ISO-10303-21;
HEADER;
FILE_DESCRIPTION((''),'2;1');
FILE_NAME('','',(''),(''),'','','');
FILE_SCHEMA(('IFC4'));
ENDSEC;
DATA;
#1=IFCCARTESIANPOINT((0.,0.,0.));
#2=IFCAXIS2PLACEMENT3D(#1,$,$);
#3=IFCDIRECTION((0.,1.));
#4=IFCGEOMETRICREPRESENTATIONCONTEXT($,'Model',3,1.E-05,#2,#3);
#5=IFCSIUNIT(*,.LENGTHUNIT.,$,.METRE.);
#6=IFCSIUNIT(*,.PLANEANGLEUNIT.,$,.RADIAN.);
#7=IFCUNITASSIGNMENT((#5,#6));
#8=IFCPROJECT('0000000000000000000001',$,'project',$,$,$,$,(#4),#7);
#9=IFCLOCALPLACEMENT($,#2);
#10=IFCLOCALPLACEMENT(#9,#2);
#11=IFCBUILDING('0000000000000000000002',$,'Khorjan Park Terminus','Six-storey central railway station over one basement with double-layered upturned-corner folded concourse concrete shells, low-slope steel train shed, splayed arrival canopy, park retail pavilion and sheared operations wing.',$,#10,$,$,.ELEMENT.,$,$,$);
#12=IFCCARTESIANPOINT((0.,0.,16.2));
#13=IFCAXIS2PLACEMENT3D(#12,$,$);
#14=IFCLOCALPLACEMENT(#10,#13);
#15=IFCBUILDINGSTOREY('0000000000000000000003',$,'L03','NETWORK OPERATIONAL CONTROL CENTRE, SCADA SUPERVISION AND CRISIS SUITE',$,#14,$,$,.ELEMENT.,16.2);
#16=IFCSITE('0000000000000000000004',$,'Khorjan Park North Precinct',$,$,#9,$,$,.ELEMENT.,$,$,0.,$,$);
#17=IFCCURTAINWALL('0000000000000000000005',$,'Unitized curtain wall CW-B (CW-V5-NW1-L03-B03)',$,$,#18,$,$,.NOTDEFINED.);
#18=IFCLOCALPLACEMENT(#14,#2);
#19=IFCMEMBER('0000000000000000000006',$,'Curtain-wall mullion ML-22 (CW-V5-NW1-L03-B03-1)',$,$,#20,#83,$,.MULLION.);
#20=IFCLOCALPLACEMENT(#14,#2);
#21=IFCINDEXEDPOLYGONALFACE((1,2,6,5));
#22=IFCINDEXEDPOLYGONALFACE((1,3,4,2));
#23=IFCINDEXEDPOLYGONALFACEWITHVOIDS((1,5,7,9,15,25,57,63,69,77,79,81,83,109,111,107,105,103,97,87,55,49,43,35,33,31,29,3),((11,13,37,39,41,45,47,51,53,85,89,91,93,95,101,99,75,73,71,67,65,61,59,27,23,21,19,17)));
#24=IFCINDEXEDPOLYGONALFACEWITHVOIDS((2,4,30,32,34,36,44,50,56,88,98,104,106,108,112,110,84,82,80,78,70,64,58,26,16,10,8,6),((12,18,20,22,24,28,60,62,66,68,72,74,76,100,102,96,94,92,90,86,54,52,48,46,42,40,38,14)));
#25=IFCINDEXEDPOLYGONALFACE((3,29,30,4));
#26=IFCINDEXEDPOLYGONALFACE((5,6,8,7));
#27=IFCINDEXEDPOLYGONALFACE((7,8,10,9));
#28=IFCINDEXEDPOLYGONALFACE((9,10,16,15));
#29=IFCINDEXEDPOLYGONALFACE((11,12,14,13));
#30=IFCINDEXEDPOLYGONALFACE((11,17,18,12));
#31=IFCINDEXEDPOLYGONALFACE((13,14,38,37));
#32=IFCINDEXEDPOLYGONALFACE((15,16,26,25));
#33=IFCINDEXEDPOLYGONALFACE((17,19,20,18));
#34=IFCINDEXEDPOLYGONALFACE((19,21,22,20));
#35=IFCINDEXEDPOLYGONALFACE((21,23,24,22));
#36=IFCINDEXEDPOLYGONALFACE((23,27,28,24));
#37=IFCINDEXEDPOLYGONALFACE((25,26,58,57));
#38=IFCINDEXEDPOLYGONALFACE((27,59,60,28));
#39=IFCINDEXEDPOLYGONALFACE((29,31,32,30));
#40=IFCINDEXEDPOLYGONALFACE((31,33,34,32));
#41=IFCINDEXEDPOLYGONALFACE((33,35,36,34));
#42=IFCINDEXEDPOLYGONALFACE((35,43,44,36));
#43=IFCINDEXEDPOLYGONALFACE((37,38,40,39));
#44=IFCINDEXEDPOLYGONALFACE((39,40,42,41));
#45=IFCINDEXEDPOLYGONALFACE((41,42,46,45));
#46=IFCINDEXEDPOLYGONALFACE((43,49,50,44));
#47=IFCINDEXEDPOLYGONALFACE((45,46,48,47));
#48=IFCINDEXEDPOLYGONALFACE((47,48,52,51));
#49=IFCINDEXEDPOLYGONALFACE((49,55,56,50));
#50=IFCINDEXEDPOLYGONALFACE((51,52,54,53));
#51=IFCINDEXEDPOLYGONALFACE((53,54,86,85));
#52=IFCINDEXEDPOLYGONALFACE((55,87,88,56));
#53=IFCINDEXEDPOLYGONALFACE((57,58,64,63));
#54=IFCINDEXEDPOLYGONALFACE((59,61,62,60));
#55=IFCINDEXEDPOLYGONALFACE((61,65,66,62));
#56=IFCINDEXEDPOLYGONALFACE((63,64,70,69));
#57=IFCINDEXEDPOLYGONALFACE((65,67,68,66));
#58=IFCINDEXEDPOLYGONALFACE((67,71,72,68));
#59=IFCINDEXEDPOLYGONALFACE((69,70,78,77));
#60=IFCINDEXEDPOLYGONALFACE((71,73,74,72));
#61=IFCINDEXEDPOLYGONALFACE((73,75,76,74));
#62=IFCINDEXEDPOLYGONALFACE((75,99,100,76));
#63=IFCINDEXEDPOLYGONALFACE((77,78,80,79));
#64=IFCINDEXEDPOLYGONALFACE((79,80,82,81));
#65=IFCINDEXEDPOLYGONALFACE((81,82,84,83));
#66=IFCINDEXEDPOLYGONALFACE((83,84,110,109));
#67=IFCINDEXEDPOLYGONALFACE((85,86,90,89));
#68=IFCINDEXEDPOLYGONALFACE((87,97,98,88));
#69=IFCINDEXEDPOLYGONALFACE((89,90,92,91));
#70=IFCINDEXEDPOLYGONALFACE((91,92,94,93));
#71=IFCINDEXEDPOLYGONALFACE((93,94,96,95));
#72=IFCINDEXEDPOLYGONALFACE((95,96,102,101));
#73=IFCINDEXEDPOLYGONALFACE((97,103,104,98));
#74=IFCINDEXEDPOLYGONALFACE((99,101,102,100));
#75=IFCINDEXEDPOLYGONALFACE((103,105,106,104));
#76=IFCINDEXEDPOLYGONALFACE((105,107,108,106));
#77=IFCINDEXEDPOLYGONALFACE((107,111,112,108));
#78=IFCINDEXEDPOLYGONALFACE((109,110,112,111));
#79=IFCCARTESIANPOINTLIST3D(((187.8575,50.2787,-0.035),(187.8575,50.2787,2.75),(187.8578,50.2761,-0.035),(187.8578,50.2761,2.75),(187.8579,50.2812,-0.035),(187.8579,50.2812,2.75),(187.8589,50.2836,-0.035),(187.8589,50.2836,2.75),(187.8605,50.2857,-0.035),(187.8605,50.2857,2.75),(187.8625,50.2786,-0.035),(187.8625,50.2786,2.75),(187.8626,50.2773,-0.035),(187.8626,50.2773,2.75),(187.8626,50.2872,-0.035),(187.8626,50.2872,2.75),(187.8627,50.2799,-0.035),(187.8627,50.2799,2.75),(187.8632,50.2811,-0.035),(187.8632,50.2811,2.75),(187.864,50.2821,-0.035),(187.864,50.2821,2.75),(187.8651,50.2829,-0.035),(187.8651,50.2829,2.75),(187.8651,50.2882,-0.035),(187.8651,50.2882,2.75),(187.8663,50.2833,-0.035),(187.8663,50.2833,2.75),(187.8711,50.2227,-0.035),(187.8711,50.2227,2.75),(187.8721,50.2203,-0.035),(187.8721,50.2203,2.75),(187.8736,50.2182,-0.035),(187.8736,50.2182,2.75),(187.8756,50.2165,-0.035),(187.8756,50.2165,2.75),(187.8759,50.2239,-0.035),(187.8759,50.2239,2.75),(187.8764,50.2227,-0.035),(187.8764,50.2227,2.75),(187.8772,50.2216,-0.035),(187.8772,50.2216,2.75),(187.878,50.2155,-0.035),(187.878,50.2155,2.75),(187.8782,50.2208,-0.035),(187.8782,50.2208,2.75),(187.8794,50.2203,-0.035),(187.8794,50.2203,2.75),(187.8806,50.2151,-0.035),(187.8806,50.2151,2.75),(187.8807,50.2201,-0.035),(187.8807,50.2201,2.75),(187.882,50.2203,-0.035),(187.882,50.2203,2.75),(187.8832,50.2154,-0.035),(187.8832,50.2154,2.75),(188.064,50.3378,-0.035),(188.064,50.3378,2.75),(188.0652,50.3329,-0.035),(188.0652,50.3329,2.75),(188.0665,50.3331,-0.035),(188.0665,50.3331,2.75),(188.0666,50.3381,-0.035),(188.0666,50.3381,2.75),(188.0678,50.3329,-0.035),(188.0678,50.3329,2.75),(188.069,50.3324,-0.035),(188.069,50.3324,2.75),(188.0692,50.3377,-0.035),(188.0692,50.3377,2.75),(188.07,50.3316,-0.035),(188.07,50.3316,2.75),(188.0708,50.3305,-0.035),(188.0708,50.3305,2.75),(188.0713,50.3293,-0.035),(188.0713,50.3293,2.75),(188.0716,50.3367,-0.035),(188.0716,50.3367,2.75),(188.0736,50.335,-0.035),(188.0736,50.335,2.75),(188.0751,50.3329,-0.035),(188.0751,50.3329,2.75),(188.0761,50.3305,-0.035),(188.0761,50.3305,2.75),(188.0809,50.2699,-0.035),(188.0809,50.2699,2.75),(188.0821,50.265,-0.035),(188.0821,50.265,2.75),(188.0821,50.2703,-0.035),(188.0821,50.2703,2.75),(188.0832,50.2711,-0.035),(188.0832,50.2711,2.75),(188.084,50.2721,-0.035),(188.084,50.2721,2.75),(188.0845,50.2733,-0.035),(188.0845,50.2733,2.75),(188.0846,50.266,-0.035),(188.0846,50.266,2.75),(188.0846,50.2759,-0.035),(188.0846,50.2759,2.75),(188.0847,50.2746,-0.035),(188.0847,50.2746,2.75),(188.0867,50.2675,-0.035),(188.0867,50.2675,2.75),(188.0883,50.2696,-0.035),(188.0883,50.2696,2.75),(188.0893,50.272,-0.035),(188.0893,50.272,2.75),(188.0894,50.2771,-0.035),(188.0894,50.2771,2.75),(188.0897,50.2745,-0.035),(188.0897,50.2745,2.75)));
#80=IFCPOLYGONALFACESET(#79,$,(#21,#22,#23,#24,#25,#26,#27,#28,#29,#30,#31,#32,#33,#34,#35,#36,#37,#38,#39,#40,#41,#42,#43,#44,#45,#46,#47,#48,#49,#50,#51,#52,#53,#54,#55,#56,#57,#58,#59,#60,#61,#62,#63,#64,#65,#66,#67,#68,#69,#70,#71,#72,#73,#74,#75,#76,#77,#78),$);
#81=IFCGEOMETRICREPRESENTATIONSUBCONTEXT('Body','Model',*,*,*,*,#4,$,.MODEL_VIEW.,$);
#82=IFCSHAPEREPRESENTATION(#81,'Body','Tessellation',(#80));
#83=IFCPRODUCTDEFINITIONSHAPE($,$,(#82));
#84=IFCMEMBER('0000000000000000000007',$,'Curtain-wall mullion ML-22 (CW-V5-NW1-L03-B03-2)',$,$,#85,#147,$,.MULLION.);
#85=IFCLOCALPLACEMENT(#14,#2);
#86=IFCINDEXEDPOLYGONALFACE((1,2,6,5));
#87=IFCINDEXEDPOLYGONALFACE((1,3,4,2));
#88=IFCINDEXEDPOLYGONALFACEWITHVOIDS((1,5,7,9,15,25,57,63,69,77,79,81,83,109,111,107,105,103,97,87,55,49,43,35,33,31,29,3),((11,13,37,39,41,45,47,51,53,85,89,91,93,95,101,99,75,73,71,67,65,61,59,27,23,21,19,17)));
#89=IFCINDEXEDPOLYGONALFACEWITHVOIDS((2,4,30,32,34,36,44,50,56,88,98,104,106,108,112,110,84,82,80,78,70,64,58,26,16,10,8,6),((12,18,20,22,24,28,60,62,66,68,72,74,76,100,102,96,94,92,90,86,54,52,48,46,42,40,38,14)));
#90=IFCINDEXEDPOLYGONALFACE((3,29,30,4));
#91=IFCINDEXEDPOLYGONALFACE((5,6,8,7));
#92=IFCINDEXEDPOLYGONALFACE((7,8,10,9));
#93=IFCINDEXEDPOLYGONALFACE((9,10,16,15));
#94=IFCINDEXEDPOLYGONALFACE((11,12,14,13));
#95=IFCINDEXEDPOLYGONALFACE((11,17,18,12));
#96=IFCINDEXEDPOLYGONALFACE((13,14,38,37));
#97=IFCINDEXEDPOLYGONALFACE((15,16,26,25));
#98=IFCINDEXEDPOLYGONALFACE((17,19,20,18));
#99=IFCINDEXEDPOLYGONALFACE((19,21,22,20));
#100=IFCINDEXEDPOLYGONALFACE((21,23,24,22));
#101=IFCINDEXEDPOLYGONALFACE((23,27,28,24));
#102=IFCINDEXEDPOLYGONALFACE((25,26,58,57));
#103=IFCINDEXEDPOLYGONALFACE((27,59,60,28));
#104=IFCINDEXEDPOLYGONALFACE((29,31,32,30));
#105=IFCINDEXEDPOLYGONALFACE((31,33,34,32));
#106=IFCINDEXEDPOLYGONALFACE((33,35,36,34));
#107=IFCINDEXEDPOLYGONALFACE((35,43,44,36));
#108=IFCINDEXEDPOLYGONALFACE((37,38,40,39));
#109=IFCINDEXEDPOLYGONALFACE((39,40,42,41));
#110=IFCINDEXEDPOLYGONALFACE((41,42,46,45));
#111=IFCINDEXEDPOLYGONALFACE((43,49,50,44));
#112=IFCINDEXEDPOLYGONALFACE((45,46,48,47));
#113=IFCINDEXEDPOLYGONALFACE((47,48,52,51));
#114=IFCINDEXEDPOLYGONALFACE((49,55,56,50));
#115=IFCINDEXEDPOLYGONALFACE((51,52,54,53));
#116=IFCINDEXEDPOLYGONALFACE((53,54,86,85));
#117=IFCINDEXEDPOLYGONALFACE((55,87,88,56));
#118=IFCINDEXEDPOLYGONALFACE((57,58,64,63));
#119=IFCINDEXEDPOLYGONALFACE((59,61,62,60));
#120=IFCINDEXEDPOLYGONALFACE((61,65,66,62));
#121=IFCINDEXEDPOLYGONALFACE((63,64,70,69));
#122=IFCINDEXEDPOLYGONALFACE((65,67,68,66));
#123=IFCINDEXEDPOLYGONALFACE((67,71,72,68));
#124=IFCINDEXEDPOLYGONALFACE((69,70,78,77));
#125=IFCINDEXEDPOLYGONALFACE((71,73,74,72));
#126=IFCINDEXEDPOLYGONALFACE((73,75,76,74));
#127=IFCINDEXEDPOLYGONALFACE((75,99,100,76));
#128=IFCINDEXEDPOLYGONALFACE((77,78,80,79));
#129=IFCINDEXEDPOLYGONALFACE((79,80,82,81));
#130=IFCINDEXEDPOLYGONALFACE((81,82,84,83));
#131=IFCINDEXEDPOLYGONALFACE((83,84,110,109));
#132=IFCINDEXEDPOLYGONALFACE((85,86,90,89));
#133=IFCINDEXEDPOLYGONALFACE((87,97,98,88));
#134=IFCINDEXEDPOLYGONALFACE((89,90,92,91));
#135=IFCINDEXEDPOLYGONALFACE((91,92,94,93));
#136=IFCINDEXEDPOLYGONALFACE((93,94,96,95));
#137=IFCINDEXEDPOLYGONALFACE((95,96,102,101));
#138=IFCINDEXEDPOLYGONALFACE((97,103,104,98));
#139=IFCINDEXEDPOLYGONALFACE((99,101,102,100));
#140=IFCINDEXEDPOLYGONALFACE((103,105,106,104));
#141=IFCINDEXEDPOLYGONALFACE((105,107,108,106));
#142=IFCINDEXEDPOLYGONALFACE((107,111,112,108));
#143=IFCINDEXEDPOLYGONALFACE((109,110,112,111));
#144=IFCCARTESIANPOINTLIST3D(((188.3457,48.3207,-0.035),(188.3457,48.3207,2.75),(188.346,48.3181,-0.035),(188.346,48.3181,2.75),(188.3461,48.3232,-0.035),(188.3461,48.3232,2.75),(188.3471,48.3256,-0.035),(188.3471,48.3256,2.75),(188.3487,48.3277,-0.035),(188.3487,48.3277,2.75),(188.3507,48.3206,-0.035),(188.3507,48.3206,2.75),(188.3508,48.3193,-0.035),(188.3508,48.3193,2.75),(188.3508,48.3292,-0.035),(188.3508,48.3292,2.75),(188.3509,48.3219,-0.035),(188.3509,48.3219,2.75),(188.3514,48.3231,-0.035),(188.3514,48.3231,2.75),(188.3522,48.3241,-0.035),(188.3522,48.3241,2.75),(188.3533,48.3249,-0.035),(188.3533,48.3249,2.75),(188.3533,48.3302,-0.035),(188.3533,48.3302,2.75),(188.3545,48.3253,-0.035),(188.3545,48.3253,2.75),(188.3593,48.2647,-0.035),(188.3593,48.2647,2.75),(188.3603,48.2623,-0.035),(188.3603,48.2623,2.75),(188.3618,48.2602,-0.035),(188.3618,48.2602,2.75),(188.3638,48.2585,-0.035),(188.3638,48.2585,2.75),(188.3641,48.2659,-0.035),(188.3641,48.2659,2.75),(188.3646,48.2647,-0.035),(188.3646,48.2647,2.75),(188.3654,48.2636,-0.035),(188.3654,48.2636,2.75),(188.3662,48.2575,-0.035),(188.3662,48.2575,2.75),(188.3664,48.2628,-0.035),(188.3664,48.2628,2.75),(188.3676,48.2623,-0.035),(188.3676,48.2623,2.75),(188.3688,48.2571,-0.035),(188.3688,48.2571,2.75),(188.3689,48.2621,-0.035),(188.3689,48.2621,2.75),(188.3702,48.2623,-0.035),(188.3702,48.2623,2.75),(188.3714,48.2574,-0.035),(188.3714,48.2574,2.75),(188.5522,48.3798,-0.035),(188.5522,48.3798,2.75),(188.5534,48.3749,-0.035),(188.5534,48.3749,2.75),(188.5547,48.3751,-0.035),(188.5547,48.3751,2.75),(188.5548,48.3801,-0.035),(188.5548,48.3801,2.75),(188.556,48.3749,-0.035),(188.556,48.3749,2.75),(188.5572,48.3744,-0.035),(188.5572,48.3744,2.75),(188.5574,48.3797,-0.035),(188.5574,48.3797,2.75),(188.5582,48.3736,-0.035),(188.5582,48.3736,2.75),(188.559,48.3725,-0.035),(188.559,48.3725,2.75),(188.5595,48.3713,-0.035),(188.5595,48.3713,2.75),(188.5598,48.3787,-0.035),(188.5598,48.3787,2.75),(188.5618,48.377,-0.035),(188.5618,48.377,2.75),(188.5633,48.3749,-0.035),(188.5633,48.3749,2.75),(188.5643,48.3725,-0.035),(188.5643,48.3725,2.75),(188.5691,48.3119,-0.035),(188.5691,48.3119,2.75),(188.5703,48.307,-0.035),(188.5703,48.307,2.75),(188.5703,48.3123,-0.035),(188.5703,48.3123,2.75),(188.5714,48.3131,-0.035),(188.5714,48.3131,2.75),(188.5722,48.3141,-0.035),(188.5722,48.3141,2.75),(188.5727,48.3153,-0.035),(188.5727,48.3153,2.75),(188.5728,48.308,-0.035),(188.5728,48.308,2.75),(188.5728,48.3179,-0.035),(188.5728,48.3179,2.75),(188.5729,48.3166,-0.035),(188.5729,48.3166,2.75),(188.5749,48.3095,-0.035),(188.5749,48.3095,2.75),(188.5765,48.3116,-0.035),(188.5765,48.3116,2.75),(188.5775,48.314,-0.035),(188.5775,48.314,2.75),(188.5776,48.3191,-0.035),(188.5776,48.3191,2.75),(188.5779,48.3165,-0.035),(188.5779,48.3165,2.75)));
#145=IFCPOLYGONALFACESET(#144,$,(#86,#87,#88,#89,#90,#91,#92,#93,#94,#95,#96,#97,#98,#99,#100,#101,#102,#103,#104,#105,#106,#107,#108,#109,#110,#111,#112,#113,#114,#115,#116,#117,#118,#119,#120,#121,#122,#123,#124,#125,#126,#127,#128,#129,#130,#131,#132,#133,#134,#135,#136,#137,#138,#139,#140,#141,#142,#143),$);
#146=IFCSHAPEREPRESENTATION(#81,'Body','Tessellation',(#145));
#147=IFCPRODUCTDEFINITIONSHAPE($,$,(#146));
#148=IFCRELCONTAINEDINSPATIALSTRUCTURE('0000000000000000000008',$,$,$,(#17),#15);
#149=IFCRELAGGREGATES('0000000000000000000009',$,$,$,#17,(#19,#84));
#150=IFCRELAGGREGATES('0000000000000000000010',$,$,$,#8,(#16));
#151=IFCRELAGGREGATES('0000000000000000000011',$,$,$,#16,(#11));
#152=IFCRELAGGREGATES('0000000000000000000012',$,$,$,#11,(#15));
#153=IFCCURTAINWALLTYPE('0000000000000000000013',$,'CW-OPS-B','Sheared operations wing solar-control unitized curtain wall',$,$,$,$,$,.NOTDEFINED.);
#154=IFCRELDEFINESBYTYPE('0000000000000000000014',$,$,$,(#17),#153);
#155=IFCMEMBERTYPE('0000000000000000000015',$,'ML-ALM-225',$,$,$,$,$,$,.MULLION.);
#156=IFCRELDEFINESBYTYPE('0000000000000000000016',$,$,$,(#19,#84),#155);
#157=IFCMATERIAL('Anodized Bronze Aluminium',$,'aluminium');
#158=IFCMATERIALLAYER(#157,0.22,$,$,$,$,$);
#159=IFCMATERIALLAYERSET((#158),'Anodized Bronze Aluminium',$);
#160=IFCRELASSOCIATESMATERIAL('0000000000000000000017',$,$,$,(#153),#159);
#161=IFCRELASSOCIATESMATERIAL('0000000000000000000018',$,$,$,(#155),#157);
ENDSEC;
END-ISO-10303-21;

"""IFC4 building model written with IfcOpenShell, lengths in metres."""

from ifc_helpers import new_model, si_unit, direction, frame, origin, origin_2d, place, context, subcontext, project, spatial, hollow_rectangle, extrude, material, layer, layer_set, material_profile, profile_set, type_object, element, aggregate, save


model = new_model("IFC4")

# Units and contexts
model_context = context("Model", 3, precision=1e-05, world=origin(), true_north=direction((0.0, 1.0)))
body_context = subcontext(model_context, "Body", "Model", "MODEL_VIEW")
ifc_project = project(units=[si_unit("LENGTHUNIT", "METRE"), si_unit("PLANEANGLEUNIT", "RADIAN")], contexts=[model_context])

# Site, building, storey
site_placement = place(None, origin())
site = spatial("IfcSite", under=ifc_project, at=site_placement, Name="Khorjan Park North Precinct", CompositionType="ELEMENT", RefElevation=0.0)
building_placement = place(site_placement, origin())
building = spatial("IfcBuilding", under=site, at=building_placement, Name="Khorjan Park Terminus", Description="Six-storey central railway station over one basement with double-layered upturned-corner folded concourse concrete shells, low-slope steel train shed, splayed arrival canopy, park retail pavilion and sheared operations wing.", CompositionType="ELEMENT")
storey_placement = place(building_placement, frame((0.0, 0.0, 16.2)))
storey = spatial("IfcBuildingStorey", under=building, at=storey_placement, Name="L03", Description="NETWORK OPERATIONAL CONTROL CENTRE, SCADA SUPERVISION AND CRISIS SUITE", CompositionType="ELEMENT", Elevation=16.2)

# Curtain wall, members
ifc_material_1 = material(Name="Anodized Bronze Aluminium", Category="aluminium")
ifc_layer_1 = layer(ifc_material_1, 0.22)
ifc_layer_set_1 = layer_set([ifc_layer_1], Name="Anodized Bronze Aluminium")
curtain_wall_type = type_object("IfcCurtainWallType", Name="CW-OPS-B", Description="Sheared operations wing solar-control unitized curtain wall", PredefinedType="NOTDEFINED", material=ifc_layer_set_1)
curtain_wall_placement = place(storey_placement, origin())
curtain_wall = element("IfcCurtainWall", 1, at=curtain_wall_placement, inside=storey, type_object=curtain_wall_type, Name="Unitized curtain wall CW-B (CW-V5-NW1-L03-B03)", PredefinedType="NOTDEFINED")
ifc_material_profile_1 = material_profile(ifc_material_1, hollow_rectangle(XDim=0.075, YDim=0.225, WallThickness=0.005, InnerFilletRadius=0.005, OuterFilletRadius=0.01, at=origin_2d()), Name="ALM 75x225x5")
ifc_profile_set_1 = profile_set([ifc_material_profile_1], Name="Anodized Bronze Aluminium")
member_type_1 = type_object("IfcMemberType", Name="ML-ALM-225", PredefinedType="MULLION", material=ifc_profile_set_1)
member_1_placement = place(storey_placement, frame((187.9736, 50.2766, -0.035), z_axis=(0.0, 0.0, 1.0), x_axis=(0.24192, -0.970296, 0.0)))
member_1 = element("IfcMember", 2, at=member_1_placement, type_object=member_type_1, Name="Curtain-wall mullion ML-22 (CW-V5-NW1-L03-B03-1)", PredefinedType="MULLION", context=body_context, shape_type="SweptSolid", body=[
    extrude(hollow_rectangle(XDim=0.075, YDim=0.225, WallThickness=0.005, InnerFilletRadius=0.005, OuterFilletRadius=0.01, at=origin_2d()), origin(), (0.0, 0.0, 1.0), 2.785),
])
member_2_placement = place(storey_placement, frame((188.4618, 48.3186, -0.035), z_axis=(0.0, 0.0, 1.0), x_axis=(0.24192, -0.970296, 0.0)))
member_2 = element("IfcMember", 3, at=member_2_placement, type_object=member_type_1, Name="Curtain-wall mullion ML-22 (CW-V5-NW1-L03-B03-2)", PredefinedType="MULLION", context=body_context, shape_type="SweptSolid", body=[
    extrude(hollow_rectangle(XDim=0.075, YDim=0.225, WallThickness=0.005, InnerFilletRadius=0.005, OuterFilletRadius=0.01, at=origin_2d()), origin(), (0.0, 0.0, 1.0), 2.785),
])
aggregate(curtain_wall, [member_1, member_2])

save(model, "model.ifc")
